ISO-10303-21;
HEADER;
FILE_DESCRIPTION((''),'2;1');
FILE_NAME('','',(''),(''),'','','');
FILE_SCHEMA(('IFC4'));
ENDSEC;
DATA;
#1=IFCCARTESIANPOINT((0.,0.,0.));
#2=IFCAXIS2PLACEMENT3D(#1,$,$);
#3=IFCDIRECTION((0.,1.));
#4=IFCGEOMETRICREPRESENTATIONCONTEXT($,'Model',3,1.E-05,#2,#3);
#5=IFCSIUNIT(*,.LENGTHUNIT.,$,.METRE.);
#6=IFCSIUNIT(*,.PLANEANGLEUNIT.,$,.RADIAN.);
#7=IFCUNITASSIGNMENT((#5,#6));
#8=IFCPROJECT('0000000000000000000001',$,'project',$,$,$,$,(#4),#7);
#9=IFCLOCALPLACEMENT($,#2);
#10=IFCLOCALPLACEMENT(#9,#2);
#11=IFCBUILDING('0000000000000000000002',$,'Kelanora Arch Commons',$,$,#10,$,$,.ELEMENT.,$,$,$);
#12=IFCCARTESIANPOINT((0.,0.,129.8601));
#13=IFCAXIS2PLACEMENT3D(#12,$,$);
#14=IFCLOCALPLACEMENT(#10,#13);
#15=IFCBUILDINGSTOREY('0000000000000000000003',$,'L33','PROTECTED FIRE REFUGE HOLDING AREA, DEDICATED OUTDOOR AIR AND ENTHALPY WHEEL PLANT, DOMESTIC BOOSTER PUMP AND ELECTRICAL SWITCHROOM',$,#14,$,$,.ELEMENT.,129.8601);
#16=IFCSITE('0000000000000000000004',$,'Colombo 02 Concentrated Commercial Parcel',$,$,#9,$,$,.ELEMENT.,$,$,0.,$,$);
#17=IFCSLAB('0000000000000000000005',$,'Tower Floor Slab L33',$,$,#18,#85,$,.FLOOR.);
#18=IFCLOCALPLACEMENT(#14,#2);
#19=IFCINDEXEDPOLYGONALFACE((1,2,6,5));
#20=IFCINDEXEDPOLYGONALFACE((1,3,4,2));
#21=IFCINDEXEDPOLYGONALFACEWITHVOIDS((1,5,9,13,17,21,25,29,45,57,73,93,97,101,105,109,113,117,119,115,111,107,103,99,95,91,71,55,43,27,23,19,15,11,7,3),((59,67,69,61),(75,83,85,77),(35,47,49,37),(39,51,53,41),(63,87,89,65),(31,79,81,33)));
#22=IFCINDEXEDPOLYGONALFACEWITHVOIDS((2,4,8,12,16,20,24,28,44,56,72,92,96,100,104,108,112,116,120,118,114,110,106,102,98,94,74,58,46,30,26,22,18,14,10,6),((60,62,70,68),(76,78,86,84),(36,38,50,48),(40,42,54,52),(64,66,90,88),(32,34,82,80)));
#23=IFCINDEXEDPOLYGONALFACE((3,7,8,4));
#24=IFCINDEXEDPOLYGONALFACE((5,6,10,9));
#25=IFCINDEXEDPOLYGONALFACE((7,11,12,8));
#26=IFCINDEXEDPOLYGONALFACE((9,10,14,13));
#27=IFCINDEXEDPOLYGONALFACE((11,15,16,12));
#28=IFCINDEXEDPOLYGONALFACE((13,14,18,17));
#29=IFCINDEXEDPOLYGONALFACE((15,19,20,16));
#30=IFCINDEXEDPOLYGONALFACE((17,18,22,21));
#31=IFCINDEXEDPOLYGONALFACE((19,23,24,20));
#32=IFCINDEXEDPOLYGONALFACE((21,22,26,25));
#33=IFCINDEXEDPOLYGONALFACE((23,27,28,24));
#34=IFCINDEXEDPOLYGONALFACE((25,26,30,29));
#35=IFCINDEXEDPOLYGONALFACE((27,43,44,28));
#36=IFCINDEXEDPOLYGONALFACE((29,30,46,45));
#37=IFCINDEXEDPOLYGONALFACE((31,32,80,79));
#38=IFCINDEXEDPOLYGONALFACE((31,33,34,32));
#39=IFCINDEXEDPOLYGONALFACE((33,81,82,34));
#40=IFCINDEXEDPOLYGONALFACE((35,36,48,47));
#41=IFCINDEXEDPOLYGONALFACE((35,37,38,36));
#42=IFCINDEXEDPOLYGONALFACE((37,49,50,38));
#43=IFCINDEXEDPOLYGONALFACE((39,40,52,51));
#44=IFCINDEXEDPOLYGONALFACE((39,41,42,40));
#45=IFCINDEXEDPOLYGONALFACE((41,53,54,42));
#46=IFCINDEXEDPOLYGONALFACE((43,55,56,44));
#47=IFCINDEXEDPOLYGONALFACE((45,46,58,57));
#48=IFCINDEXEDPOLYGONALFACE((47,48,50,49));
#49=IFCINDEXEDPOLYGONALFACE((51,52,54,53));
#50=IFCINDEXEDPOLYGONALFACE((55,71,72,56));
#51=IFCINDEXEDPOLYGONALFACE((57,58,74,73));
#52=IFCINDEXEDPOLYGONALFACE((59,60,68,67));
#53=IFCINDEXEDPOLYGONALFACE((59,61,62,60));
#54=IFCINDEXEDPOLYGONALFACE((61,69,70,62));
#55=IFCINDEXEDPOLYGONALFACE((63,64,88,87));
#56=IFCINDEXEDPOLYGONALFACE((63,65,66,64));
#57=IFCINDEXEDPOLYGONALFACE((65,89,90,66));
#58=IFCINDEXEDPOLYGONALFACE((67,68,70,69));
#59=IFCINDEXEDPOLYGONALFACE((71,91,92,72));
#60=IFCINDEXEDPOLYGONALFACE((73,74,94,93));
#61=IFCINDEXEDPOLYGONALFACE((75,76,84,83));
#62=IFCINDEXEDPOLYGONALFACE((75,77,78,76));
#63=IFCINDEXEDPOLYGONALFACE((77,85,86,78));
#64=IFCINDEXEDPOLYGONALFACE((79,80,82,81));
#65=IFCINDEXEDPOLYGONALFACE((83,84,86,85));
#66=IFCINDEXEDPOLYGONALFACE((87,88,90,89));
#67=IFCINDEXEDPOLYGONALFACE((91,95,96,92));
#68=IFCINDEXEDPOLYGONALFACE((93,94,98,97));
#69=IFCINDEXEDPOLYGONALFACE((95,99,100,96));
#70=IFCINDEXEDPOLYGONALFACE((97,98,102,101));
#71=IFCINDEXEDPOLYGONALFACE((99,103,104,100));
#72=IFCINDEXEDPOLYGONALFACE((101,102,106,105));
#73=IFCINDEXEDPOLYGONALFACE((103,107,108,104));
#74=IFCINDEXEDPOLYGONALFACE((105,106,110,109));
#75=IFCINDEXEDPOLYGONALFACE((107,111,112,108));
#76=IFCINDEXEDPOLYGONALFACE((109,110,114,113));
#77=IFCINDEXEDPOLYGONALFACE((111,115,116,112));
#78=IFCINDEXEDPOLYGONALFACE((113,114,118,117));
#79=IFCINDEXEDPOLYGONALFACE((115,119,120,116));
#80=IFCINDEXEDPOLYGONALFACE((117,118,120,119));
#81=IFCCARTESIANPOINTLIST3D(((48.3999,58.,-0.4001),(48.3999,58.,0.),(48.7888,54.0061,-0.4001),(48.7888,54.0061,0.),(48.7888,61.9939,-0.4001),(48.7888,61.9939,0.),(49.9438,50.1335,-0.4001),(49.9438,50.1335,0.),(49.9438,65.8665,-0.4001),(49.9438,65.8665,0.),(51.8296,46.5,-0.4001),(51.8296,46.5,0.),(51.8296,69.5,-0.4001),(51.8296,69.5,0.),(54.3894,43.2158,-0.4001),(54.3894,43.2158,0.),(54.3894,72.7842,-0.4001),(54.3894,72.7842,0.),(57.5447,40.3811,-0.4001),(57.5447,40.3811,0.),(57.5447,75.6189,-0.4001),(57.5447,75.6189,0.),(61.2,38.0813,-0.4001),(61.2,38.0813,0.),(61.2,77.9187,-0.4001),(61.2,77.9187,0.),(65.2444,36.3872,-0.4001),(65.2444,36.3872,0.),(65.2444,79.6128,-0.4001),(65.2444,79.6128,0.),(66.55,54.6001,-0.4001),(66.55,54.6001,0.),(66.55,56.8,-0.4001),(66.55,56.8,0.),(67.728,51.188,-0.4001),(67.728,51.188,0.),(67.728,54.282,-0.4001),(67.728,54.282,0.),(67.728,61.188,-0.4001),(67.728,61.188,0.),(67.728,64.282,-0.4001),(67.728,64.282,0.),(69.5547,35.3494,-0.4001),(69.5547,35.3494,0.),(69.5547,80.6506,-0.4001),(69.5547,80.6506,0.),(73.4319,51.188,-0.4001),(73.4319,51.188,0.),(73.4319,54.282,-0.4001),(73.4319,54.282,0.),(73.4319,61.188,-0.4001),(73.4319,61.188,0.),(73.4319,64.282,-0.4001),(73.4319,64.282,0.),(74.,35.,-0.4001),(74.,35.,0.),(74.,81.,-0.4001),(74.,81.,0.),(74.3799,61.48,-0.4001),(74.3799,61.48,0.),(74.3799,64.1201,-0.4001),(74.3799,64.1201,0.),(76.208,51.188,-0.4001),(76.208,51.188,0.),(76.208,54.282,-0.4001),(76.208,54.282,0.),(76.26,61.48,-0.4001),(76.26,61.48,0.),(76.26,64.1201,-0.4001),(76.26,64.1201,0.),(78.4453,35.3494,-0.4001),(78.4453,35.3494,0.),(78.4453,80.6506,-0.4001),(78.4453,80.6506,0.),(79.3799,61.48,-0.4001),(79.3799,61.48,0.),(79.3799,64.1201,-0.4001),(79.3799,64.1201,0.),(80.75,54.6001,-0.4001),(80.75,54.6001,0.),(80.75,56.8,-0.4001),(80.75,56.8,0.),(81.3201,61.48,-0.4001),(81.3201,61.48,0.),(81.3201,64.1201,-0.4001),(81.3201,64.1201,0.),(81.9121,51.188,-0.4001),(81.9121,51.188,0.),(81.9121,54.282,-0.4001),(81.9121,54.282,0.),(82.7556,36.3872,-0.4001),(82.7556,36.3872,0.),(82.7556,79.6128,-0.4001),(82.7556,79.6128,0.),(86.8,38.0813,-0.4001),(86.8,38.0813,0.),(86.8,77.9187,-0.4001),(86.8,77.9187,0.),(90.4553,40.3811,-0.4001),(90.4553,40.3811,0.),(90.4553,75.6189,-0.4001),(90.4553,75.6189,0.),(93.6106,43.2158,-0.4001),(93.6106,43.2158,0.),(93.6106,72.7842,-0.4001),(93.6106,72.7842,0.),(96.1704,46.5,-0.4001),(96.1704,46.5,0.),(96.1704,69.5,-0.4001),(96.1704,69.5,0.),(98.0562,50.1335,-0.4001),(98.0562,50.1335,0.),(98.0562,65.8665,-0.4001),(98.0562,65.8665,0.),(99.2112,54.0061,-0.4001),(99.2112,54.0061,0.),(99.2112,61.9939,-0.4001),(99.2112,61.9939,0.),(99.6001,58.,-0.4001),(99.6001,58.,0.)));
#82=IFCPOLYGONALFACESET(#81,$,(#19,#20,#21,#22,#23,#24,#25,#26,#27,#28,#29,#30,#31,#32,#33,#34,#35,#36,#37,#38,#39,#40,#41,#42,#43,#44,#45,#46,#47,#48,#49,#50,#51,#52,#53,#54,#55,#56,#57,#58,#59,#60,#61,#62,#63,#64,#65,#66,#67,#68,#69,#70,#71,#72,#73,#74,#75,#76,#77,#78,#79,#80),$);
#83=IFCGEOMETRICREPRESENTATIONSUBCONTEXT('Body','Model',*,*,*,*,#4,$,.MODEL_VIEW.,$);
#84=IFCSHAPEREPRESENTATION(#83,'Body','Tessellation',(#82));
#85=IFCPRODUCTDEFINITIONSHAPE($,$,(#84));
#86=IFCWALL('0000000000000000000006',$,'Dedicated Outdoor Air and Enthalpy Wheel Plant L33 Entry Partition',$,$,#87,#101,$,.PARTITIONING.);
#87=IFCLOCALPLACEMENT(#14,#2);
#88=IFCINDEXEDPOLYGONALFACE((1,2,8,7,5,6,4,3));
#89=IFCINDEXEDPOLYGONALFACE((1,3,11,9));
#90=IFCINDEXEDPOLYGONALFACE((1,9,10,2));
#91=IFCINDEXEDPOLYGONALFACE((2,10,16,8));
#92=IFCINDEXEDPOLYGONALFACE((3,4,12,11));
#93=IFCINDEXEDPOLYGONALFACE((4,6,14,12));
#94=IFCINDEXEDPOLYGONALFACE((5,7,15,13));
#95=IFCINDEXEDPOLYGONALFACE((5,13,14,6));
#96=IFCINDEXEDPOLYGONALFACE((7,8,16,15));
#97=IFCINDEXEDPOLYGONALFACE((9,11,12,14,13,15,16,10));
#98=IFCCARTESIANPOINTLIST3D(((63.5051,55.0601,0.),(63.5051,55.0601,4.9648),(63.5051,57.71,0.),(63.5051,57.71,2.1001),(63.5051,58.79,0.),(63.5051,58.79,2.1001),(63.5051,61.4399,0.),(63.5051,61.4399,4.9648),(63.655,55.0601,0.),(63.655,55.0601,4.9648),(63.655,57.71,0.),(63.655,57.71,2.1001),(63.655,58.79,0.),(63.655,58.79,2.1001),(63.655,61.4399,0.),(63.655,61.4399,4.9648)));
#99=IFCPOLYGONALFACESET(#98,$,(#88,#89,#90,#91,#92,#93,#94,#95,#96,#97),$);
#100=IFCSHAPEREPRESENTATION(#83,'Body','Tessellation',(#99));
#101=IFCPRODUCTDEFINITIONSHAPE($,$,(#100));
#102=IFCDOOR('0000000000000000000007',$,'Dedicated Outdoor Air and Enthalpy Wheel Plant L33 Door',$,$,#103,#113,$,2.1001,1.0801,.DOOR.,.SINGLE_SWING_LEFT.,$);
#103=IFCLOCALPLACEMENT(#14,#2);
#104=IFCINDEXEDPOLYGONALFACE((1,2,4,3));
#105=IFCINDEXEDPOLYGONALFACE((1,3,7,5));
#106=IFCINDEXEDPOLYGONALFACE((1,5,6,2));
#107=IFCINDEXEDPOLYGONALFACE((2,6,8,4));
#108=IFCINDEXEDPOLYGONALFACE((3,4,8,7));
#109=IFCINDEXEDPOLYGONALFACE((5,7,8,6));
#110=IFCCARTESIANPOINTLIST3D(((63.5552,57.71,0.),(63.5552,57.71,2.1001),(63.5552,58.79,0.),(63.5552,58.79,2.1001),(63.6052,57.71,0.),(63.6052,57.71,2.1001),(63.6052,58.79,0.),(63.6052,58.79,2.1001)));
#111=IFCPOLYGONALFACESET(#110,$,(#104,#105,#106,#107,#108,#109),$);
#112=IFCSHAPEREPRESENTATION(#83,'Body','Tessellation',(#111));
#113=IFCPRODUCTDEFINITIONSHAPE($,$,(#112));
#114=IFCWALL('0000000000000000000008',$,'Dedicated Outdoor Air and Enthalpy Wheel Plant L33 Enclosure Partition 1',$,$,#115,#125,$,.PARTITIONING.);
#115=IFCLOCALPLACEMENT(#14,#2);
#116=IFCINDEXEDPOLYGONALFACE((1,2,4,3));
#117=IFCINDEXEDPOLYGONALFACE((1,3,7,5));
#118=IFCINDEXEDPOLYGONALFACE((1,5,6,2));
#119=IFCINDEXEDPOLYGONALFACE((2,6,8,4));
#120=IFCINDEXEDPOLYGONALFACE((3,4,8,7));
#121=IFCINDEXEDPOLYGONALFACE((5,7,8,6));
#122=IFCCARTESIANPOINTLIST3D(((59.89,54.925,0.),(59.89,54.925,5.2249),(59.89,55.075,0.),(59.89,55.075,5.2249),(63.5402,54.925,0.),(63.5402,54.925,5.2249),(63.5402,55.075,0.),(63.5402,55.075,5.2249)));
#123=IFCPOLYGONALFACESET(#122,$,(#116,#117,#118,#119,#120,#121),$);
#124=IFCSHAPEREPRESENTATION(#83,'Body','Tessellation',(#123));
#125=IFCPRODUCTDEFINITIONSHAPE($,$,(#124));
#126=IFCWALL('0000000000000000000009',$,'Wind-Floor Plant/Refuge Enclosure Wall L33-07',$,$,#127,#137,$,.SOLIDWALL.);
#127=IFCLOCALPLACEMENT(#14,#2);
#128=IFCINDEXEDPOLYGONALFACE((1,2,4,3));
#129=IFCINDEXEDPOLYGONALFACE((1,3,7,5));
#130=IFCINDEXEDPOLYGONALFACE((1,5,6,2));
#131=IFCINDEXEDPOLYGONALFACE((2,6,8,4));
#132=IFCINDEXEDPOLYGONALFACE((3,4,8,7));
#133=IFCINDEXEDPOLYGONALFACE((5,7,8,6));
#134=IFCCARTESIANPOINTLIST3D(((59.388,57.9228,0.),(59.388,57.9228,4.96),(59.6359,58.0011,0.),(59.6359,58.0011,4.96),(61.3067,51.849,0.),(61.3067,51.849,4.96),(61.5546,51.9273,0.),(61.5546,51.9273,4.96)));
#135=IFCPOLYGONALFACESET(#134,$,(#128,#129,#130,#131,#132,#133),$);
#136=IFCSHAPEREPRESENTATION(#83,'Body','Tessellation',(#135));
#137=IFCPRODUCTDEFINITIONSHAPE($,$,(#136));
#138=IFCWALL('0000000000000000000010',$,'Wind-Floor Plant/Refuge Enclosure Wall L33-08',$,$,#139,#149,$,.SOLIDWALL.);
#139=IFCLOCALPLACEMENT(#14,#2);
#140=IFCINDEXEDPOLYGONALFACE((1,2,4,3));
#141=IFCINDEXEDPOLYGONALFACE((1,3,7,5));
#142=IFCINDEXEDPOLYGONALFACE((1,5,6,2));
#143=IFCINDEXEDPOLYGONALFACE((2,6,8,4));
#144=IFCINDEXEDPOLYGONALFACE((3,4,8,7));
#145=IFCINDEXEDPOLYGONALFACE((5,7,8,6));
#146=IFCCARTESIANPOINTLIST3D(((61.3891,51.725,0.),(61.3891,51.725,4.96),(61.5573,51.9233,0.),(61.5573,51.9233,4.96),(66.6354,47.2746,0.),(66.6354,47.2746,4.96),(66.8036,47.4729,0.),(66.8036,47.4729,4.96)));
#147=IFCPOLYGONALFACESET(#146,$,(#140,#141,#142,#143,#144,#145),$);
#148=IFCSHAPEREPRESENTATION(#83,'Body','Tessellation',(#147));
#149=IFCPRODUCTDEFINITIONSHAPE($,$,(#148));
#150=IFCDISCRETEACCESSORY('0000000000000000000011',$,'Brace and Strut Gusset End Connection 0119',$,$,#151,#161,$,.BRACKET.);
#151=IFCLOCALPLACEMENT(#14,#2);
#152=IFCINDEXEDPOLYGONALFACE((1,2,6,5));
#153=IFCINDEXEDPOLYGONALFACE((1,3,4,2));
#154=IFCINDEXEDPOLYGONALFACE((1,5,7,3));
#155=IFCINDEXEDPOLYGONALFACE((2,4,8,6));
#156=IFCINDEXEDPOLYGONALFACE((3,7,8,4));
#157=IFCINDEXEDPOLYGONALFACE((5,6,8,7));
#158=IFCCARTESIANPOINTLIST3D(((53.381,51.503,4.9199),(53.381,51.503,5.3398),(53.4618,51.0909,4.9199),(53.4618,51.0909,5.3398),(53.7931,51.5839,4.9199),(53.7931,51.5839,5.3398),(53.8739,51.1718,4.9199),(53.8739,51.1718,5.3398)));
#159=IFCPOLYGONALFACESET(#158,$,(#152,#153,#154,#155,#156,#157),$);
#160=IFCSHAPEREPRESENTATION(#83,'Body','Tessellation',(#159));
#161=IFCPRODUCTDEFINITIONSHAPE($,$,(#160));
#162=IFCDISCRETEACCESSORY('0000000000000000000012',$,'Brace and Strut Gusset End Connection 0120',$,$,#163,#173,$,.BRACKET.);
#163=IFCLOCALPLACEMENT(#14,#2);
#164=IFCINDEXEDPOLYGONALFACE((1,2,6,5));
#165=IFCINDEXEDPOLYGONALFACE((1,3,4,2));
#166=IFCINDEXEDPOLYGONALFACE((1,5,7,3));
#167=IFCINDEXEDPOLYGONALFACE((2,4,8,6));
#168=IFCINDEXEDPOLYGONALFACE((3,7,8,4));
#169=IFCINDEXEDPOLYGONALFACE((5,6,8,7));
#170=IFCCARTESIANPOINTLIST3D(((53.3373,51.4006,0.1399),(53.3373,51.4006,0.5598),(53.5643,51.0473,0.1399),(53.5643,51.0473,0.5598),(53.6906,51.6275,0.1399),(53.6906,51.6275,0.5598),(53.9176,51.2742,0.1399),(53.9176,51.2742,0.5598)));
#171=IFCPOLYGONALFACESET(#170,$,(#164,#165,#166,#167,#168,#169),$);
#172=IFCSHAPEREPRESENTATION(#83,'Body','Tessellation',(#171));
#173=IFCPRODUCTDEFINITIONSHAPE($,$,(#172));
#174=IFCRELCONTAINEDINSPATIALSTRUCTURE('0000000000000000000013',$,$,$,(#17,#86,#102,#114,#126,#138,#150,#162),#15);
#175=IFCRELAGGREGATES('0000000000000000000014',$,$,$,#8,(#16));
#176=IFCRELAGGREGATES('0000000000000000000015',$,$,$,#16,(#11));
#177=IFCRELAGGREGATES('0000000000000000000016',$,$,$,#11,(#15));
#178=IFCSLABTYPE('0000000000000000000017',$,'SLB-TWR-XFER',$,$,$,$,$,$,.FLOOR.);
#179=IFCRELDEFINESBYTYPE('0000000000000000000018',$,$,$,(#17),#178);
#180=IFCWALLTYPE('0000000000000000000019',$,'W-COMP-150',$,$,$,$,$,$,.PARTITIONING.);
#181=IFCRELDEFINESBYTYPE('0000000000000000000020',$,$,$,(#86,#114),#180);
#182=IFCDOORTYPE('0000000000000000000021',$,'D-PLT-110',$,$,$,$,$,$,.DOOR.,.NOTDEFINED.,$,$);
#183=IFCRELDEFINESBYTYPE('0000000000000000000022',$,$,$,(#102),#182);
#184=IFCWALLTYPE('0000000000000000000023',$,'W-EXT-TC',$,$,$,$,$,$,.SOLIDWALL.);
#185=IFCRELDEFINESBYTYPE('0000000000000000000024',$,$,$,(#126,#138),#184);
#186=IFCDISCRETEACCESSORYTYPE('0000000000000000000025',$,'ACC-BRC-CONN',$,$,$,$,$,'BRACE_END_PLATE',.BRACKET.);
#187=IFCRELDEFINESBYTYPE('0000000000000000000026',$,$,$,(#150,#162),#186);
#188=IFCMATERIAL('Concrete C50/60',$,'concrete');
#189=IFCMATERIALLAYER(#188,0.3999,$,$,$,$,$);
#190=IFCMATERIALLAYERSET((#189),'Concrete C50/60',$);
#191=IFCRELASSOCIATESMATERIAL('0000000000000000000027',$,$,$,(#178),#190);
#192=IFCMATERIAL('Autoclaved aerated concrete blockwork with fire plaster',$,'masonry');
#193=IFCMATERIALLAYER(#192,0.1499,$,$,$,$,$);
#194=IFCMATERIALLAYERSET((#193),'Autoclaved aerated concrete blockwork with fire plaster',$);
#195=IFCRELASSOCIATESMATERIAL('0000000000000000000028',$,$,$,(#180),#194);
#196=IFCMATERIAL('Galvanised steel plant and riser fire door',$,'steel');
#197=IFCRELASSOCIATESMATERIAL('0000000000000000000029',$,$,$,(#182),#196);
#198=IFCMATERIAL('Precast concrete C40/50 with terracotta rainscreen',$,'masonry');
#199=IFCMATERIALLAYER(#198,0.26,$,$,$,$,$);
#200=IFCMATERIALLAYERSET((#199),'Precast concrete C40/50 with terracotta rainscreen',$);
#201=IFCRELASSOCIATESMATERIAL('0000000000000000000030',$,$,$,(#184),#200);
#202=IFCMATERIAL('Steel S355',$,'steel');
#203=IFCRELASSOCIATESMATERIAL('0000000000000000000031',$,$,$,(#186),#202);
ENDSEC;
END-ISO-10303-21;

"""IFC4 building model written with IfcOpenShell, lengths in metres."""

from ifc_helpers import new_model, si_unit, direction, frame, frame_2d, origin, origin_2d, place, context, subcontext, project, spatial, polyline, rectangle, outline, extrude, source, transform, mapped, material, layer, layer_set, type_object, element, fill, save


model = new_model("IFC4")

# Units and contexts
model_context = context("Model", 3, precision=1e-05, world=origin(), true_north=direction((0.0, 1.0)))
body_context = subcontext(model_context, "Body", "Model", "MODEL_VIEW")
ifc_project = project(units=[si_unit("LENGTHUNIT", "METRE"), si_unit("PLANEANGLEUNIT", "RADIAN")], contexts=[model_context])

# Site, building, storey
site_placement = place(None, origin())
site = spatial("IfcSite", under=ifc_project, at=site_placement, Name="Colombo 02 Concentrated Commercial Parcel", CompositionType="ELEMENT", RefElevation=0.0)
building_placement = place(site_placement, origin())
building = spatial("IfcBuilding", under=site, at=building_placement, Name="Kelanora Arch Commons", CompositionType="ELEMENT")
storey_placement = place(building_placement, frame((0.0, 0.0, 129.8601)))
storey = spatial("IfcBuildingStorey", under=building, at=storey_placement, Name="L33", Description="PROTECTED FIRE REFUGE HOLDING AREA, DEDICATED OUTDOOR AIR AND ENTHALPY WHEEL PLANT, DOMESTIC BOOSTER PUMP AND ELECTRICAL SWITCHROOM", CompositionType="ELEMENT", Elevation=129.8601)

# Shared definitions
ifc_material_1 = material(Name="Concrete C50/60", Category="concrete")

# Shared definitions
ifc_material_2 = material(Name="Steel S355", Category="steel")

# Slab
ifc_layer_1 = layer(ifc_material_1, 0.3999)
ifc_layer_set_1 = layer_set([ifc_layer_1], Name="Concrete C50/60")
slab_type_1 = type_object("IfcSlabType", Name="SLB-TWR-XFER", PredefinedType="FLOOR", material=ifc_layer_set_1)
slab_1_placement = place(storey_placement, frame((0.0, 0.0, -0.4001)))
element("IfcSlab", 1, at=slab_1_placement, inside=storey, type_object=slab_type_1, Name="Tower Floor Slab L33", PredefinedType="FLOOR", context=body_context, shape_type="SweptSolid", body=[
    extrude(outline(polyline([(99.6001, 58.0), (99.2112, 61.9939), (98.0562, 65.8665), (96.1704, 69.5), (93.6106, 72.7842), (90.4553, 75.6189), (86.8, 77.9187), (82.7556, 79.6128), (78.4453, 80.6506), (74.0, 81.0), (69.5547, 80.6506), (65.2444, 79.6128), (61.2, 77.9187), (57.5447, 75.6189), (54.3894, 72.7842), (51.8296, 69.5), (49.9438, 65.8665), (48.7888, 61.9939), (48.3999, 58.0), (48.7888, 54.0061), (49.9438, 50.1335), (51.8296, 46.5), (54.3894, 43.2158), (57.5447, 40.3811), (61.2, 38.0813), (65.2444, 36.3872), (69.5547, 35.3494), (74.0, 35.0), (78.4453, 35.3494), (82.7556, 36.3872), (86.8, 38.0813), (90.4553, 40.3811), (93.6106, 43.2158), (96.1704, 46.5), (98.0562, 50.1335), (99.2112, 54.0061), (99.6001, 58.0)]), holes=[polyline([(73.4319, 51.188), (67.728, 51.188), (67.728, 54.282), (73.4319, 54.282), (73.4319, 51.188)]), polyline([(76.208, 51.188), (76.208, 54.282), (81.9121, 54.282), (81.9121, 51.188), (76.208, 51.188)]), polyline([(66.55, 54.6001), (66.55, 56.8), (80.75, 56.8), (80.75, 54.6001), (66.55, 54.6001)]), polyline([(73.4319, 61.188), (67.728, 61.188), (67.728, 64.282), (73.4319, 64.282), (73.4319, 61.188)]), polyline([(74.3799, 61.48), (74.3799, 64.1201), (76.26, 64.1201), (76.26, 61.48), (74.3799, 61.48)]), polyline([(79.3799, 61.48), (79.3799, 64.1201), (81.3201, 64.1201), (81.3201, 61.48), (79.3799, 61.48)])]), origin(), (0.0, 0.0, 1.0), 0.4001),
])

# Wall, opening, door
ifc_material_3 = material(Name="Autoclaved aerated concrete blockwork with fire plaster", Category="masonry")
ifc_layer_2 = layer(ifc_material_3, 0.1499)
ifc_layer_set_2 = layer_set([ifc_layer_2], Name="Autoclaved aerated concrete blockwork with fire plaster")
wall_type_1 = type_object("IfcWallType", Name="W-COMP-150", PredefinedType="PARTITIONING", material=ifc_layer_set_2)
wall_1_placement = place(storey_placement, frame((63.5801, 55.0601, 0.0), z_axis=(0.0, 0.0, 1.0), x_axis=(0.0, 1.0, 0.0)))
wall_1 = element("IfcWall", 2, at=wall_1_placement, inside=storey, type_object=wall_type_1, Name="Dedicated Outdoor Air and Enthalpy Wheel Plant L33 Entry Partition", PredefinedType="PARTITIONING", context=body_context, shape_type="SweptSolid", body=[
    extrude(rectangle(XDim=6.3799, YDim=0.1499, at=frame_2d((3.1899, 0.0))), origin(), (0.0, 0.0, 1.0), 4.9648),
])
opening_placement = place(wall_1_placement, frame((2.6499, 0.0, 0.0)))
opening = element("IfcOpeningElement", 3, at=opening_placement, cuts=wall_1, PredefinedType="OPENING", context=body_context, shape_type="SweptSolid", body=[
    extrude(rectangle(XDim=1.0801, YDim=2.1001, at=frame_2d((0.54, 1.05))), frame((0.0, 0.085, 0.0), z_axis=(0.0, -1.0, 0.0), x_axis=(1.0, 0.0, 0.0)), (0.0, 0.0, 1.0), 0.1699),
])
ifc_material_4 = material(Name="Galvanised steel plant and riser fire door", Category="steel")
door_type = type_object("IfcDoorType", Name="D-PLT-110", OperationType="NOTDEFINED", PredefinedType="DOOR", material=ifc_material_4)
door_placement = place(opening_placement, origin())
door = element("IfcDoor", 4, at=door_placement, inside=storey, type_object=door_type, Name="Dedicated Outdoor Air and Enthalpy Wheel Plant L33 Door", OperationType="SINGLE_SWING_LEFT", OverallHeight=2.1001, OverallWidth=1.0801, PredefinedType="DOOR", context=body_context, shape_type="SweptSolid", body=[
    extrude(rectangle(XDim=1.0801, YDim=2.1001, at=frame_2d((0.54, 1.05))), frame((0.0, 0.0249, 0.0), z_axis=(0.0, -1.0, 0.0), x_axis=(1.0, 0.0, 0.0)), (0.0, 0.0, 1.0), 0.05),
])
fill(opening, door)

# Walls
wall_2_placement = place(storey_placement, frame((59.8899, 55.0, 0.0), z_axis=(0.0, 0.0, 1.0), x_axis=(1.0, 0.0, 0.0)))
element("IfcWall", 5, at=wall_2_placement, inside=storey, type_object=wall_type_1, Name="Dedicated Outdoor Air and Enthalpy Wheel Plant L33 Enclosure Partition 1", PredefinedType="PARTITIONING", context=body_context, shape_type="SweptSolid", body=[
    extrude(rectangle(XDim=3.6501, YDim=0.1499, at=frame_2d((1.8252, 0.0))), origin(), (0.0, 0.0, 1.0), 5.2249),
])
ifc_material_5 = material(Name="Precast concrete C40/50 with terracotta rainscreen", Category="masonry")
ifc_layer_3 = layer(ifc_material_5, 0.26)
ifc_layer_set_3 = layer_set([ifc_layer_3], Name="Precast concrete C40/50 with terracotta rainscreen")
wall_type_2 = type_object("IfcWallType", Name="W-EXT-TC", PredefinedType="SOLIDWALL", material=ifc_layer_set_3)
wall_3_placement = place(storey_placement, frame((59.512, 57.9619, 0.0), z_axis=(0.0, 0.0, 1.0), x_axis=(0.301229, -0.953552, 0.0)))
element("IfcWall", 6, at=wall_3_placement, inside=storey, type_object=wall_type_2, Name="Wind-Floor Plant/Refuge Enclosure Wall L33-07", PredefinedType="SOLIDWALL", context=body_context, shape_type="SweptSolid", body=[
    extrude(rectangle(XDim=6.3696, YDim=0.26, at=frame_2d((3.1848, 0.0))), origin(), (0.0, 0.0, 1.0), 4.96),
])
wall_4_placement = place(storey_placement, frame((61.4731, 51.8242, 0.0), z_axis=(0.0, 0.0, 1.0), x_axis=(0.762581, -0.646893, 0.0)))
element("IfcWall", 7, at=wall_4_placement, inside=storey, type_object=wall_type_2, Name="Wind-Floor Plant/Refuge Enclosure Wall L33-08", PredefinedType="SOLIDWALL", context=body_context, shape_type="SweptSolid", body=[
    extrude(rectangle(XDim=6.8796, YDim=0.26, at=frame_2d((3.4399, 0.0))), origin(), (0.0, 0.0, 1.0), 4.96),
])

# Discrete accessories
discrete_accessory_type = type_object("IfcDiscreteAccessoryType", Name="ACC-BRC-CONN", ElementType="BRACE_END_PLATE", PredefinedType="BRACKET", material=ifc_material_2)
shared_shape = source(origin(), body_context, "Body", "SweptSolid", [
    extrude(rectangle(XDim=0.4199, YDim=0.4199, at=origin_2d()), origin(), (0.0, 0.0, 1.0), 0.4199),
])
for number, where, z_axis, x_axis, name in (
    (8, (53.6274, 51.3374, 4.9199), (0.0, 0.0, 1.0), (0.192522, -0.981293, 0.0), "Brace and Strut Gusset End Connection 0119"),
    (9, (53.6274, 51.3374, 0.1399), (0.0, 0.0, 1.0), (0.540534, -0.841322, 0.0), "Brace and Strut Gusset End Connection 0120"),
):
    element("IfcDiscreteAccessory", number, at=place(storey_placement, frame(where, z_axis=z_axis, x_axis=x_axis)), inside=storey, type_object=discrete_accessory_type, Name=name, PredefinedType="BRACKET", context=body_context, shape_type="MappedRepresentation", body=[
        mapped(shared_shape, transform((0.0, 0.0, 0.0), scale=1.0)),
    ])

save(model, "model.ifc")
